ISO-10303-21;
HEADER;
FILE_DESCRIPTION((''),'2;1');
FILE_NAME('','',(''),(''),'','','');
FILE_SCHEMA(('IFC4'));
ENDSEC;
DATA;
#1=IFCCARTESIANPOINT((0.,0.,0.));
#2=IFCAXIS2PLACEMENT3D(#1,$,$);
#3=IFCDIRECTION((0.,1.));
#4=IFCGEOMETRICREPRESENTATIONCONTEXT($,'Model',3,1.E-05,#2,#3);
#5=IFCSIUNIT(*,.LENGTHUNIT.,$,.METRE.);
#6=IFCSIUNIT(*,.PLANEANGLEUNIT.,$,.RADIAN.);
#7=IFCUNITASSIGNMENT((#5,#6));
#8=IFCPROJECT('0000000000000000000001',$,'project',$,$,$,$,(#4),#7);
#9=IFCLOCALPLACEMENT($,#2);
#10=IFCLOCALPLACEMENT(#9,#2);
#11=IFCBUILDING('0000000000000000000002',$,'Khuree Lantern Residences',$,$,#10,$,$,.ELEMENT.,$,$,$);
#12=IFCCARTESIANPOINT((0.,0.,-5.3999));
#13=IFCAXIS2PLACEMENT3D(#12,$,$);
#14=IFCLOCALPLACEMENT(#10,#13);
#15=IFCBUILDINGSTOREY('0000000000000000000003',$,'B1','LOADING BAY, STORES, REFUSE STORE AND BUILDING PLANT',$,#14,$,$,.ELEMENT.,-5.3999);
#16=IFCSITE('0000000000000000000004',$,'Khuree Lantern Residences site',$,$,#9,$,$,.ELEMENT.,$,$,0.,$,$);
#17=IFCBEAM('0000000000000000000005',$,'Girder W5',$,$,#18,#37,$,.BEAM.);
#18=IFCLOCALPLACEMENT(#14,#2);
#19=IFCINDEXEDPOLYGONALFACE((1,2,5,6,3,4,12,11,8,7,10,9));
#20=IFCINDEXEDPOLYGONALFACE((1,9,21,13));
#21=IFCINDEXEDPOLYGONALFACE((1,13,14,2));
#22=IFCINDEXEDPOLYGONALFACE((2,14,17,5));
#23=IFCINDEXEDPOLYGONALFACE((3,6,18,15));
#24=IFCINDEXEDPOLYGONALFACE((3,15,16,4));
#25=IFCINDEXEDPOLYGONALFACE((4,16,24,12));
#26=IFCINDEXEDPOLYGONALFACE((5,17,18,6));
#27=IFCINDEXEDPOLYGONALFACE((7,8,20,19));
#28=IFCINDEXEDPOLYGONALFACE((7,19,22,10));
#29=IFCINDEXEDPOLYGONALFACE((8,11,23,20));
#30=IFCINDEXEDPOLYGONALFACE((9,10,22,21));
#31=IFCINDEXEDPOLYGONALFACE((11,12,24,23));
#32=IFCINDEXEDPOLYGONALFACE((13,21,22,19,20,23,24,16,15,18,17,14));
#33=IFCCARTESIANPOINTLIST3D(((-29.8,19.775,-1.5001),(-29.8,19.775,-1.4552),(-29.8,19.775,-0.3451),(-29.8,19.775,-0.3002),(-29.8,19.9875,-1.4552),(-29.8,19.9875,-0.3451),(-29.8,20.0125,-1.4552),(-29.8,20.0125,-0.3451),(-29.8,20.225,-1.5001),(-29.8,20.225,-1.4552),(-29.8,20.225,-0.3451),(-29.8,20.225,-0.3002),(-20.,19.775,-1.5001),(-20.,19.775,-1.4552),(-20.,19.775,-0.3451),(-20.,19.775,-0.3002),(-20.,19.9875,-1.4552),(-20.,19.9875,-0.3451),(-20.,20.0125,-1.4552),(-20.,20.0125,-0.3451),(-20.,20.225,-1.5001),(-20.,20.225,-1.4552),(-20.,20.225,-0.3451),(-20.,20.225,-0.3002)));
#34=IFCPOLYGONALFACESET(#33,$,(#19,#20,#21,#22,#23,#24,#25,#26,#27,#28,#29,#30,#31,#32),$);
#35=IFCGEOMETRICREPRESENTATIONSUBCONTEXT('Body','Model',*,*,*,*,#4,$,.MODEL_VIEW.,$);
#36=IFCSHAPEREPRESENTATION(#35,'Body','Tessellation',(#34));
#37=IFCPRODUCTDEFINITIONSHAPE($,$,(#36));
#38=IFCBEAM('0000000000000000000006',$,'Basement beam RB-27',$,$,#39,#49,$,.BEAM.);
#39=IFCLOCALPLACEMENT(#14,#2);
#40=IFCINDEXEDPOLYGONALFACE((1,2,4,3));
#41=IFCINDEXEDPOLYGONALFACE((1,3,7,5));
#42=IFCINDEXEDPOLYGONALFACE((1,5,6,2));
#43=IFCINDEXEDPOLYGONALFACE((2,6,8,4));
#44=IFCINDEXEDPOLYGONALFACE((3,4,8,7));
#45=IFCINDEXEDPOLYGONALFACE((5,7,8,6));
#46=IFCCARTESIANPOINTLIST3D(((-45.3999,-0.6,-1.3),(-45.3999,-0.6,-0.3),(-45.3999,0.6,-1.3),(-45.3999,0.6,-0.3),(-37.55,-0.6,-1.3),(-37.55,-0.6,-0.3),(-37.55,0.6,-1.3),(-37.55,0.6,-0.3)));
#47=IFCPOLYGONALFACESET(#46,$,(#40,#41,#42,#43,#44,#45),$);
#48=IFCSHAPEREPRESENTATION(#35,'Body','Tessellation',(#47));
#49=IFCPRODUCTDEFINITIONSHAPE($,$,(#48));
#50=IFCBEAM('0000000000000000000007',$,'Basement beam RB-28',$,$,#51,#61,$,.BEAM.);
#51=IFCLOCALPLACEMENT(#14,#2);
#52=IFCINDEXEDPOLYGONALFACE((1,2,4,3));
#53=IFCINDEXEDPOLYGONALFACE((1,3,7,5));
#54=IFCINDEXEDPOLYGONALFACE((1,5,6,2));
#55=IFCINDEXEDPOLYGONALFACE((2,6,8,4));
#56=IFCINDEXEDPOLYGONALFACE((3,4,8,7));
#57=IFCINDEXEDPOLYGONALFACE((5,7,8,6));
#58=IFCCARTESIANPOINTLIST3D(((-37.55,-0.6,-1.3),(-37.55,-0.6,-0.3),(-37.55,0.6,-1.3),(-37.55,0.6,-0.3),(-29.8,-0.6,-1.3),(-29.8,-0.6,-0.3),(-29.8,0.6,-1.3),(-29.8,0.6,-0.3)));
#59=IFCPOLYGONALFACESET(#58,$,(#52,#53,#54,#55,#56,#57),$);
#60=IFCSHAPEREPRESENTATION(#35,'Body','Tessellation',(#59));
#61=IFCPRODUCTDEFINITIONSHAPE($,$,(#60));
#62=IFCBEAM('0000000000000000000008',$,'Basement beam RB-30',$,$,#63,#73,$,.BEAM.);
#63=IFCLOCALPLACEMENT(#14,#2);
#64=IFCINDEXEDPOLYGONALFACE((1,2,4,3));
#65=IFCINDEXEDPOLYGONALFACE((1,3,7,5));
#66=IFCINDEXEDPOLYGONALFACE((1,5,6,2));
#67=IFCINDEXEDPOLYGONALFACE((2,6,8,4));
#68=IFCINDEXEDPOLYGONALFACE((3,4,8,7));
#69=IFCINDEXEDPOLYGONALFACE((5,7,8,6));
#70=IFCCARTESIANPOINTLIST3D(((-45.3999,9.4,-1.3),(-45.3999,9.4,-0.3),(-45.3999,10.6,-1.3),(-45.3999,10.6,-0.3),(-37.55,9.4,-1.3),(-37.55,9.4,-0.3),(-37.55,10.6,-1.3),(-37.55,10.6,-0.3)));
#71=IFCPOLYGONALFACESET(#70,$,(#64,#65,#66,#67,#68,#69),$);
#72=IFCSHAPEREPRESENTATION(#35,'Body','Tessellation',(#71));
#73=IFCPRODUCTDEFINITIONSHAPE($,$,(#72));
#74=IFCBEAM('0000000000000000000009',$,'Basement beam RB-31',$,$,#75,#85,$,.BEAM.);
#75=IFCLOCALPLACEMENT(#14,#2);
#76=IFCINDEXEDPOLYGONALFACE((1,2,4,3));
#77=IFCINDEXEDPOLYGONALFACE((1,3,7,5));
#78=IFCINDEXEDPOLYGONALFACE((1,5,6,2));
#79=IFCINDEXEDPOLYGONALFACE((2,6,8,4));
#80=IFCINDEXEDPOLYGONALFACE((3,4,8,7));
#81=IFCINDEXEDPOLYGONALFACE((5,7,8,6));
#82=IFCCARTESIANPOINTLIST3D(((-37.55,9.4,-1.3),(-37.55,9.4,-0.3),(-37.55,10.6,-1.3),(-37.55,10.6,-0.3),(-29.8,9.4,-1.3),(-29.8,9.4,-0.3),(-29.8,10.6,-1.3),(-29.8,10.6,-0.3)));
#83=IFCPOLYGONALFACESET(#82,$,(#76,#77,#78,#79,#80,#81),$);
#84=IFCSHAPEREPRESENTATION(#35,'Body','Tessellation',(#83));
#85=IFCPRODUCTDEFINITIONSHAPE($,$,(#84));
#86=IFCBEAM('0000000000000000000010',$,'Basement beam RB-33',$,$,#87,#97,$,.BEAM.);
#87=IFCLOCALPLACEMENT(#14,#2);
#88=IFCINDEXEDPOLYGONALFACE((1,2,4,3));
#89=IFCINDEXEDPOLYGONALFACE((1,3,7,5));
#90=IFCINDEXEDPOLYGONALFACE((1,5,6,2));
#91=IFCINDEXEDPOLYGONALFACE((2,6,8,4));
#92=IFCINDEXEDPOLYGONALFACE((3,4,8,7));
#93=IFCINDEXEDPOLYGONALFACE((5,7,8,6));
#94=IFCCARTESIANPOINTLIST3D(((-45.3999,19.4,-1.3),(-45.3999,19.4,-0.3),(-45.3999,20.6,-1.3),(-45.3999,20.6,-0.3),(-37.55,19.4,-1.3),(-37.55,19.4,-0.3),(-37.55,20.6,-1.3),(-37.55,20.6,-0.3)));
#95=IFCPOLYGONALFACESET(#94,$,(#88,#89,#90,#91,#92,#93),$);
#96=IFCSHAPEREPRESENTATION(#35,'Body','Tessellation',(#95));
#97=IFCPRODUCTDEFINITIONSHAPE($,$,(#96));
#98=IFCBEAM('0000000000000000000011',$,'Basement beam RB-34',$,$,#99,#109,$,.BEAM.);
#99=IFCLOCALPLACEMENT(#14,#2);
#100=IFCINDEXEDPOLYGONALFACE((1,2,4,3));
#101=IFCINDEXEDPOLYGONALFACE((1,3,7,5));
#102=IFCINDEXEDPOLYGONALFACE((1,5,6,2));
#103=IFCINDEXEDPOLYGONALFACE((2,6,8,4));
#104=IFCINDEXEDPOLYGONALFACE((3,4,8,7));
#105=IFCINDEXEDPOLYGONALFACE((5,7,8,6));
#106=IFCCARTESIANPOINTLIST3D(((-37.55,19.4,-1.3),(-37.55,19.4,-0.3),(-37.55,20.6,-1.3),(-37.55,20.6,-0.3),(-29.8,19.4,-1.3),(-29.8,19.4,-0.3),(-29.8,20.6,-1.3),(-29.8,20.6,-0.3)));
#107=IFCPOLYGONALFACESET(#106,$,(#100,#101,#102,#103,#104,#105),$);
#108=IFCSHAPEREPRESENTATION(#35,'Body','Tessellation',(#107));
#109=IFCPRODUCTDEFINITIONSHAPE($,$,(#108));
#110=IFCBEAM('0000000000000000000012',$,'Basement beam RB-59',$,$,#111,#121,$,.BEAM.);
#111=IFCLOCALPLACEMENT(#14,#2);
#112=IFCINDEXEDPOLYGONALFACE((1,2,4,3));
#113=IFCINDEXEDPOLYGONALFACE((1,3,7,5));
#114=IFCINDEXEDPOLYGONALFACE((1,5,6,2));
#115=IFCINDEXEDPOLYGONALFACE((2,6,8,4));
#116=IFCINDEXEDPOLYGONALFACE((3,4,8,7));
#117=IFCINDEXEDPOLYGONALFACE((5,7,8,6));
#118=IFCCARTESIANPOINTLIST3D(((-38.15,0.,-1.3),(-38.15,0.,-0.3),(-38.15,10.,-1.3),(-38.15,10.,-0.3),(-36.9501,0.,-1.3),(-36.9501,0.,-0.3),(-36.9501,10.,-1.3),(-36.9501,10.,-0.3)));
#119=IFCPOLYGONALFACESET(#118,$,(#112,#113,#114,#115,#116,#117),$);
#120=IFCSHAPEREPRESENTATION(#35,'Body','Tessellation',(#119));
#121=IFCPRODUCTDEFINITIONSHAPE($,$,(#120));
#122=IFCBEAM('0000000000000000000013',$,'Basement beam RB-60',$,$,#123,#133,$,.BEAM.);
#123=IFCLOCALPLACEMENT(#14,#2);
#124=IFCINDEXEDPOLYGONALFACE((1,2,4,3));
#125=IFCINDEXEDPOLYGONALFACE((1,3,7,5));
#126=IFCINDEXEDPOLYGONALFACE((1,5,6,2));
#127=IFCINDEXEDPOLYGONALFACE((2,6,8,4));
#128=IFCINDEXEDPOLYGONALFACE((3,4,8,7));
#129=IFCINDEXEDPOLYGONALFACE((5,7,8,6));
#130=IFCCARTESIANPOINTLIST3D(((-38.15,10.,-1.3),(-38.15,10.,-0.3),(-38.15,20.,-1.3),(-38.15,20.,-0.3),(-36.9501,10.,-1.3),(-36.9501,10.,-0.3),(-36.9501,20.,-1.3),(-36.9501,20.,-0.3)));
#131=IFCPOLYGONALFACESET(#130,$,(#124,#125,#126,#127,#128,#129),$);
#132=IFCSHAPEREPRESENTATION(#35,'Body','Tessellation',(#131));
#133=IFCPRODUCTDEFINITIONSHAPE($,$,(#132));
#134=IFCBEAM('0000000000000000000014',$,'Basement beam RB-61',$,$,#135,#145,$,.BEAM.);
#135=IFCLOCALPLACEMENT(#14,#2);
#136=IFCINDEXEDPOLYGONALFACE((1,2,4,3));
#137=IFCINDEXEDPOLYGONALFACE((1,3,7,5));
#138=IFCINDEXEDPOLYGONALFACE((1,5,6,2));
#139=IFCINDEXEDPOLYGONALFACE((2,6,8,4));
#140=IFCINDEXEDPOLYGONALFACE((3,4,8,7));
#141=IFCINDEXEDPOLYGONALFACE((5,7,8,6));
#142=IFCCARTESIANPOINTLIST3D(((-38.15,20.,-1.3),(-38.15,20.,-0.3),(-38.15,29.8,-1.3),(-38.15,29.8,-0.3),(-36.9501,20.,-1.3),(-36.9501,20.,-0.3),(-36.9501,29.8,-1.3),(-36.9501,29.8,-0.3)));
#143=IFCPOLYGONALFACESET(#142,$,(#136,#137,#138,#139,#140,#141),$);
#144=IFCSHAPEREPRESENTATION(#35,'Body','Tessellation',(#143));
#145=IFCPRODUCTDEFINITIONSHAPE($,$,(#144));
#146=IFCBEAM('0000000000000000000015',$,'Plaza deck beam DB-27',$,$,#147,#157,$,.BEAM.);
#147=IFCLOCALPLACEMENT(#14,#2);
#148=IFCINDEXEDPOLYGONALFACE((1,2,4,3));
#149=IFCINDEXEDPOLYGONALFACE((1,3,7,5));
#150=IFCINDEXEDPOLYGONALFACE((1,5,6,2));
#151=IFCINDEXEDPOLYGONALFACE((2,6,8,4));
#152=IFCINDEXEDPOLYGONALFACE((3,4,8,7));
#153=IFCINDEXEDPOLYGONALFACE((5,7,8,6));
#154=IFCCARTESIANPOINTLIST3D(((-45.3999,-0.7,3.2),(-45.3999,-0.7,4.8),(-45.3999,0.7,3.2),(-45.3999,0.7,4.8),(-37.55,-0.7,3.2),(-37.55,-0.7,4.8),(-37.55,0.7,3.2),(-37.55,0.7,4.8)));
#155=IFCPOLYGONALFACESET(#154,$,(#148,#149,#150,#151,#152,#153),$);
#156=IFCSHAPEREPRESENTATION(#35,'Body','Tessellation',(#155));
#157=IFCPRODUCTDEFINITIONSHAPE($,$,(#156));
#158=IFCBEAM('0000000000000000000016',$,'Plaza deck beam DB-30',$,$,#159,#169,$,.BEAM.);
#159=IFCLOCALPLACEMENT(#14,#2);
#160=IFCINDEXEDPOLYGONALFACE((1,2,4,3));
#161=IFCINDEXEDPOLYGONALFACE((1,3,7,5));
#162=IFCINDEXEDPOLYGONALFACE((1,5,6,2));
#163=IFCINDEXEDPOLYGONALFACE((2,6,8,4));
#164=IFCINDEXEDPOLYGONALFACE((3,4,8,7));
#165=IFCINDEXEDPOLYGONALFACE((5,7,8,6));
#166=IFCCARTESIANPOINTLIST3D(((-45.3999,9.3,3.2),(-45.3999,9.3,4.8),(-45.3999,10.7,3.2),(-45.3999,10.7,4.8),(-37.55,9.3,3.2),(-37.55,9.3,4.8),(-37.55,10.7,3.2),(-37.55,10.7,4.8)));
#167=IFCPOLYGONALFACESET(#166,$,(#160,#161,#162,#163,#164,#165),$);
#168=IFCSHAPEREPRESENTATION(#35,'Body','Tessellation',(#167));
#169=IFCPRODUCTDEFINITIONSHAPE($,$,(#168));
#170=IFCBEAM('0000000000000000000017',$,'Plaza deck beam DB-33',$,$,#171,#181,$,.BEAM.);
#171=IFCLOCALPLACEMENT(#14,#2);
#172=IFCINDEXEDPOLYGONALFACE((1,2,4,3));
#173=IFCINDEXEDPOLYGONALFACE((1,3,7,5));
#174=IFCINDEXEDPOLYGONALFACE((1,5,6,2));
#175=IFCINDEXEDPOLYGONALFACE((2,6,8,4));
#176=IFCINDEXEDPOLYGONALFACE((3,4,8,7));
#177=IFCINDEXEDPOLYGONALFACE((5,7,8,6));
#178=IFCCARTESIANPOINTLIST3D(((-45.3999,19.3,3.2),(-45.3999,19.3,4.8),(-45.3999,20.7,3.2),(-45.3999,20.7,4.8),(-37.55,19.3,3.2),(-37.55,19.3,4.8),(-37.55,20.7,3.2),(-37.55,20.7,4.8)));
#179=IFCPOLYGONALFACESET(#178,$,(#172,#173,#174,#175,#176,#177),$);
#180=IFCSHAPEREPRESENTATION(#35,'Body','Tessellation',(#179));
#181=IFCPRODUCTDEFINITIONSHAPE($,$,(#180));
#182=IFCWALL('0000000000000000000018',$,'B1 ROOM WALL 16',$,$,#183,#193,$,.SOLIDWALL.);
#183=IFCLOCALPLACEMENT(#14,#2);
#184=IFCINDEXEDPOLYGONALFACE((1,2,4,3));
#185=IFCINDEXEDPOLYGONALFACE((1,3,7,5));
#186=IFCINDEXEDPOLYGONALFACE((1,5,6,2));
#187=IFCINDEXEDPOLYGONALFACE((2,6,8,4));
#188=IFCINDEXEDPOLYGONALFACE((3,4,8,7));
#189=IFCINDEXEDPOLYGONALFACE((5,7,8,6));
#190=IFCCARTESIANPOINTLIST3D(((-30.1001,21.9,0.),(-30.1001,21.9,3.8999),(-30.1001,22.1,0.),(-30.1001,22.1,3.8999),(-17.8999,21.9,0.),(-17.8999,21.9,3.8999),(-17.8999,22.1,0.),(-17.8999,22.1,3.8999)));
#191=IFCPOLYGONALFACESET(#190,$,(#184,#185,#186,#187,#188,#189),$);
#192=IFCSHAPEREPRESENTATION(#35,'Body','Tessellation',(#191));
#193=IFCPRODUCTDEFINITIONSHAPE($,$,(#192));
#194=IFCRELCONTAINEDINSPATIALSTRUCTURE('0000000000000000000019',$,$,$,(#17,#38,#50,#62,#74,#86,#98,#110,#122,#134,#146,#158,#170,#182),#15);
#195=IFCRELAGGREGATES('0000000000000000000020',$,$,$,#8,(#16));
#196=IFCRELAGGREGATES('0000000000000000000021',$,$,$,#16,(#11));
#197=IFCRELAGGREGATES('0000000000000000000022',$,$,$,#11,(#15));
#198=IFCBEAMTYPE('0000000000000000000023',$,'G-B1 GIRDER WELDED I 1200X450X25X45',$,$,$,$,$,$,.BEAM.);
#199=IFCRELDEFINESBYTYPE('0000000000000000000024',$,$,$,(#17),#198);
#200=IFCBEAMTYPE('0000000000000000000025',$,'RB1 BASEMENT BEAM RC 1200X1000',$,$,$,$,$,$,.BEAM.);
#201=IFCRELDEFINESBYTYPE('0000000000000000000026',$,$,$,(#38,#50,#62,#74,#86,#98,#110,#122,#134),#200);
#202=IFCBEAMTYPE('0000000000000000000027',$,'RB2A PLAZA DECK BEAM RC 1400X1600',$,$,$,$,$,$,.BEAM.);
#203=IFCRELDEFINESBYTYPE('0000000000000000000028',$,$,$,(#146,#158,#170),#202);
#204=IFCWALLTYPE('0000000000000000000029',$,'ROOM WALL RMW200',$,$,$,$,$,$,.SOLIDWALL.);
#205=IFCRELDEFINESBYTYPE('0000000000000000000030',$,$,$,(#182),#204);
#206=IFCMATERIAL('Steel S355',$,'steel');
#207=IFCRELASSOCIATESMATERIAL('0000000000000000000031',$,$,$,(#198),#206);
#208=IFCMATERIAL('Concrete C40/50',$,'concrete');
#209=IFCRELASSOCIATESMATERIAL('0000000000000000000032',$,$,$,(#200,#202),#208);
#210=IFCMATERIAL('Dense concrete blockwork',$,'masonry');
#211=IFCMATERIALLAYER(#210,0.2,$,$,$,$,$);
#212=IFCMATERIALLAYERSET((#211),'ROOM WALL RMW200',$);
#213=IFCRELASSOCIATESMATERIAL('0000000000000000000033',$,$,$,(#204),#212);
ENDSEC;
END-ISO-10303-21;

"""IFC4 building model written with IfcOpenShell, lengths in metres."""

from ifc_helpers import new_model, si_unit, direction, frame, frame_2d, origin, origin_2d, place, context, subcontext, project, spatial, rectangle, i_section, extrude, material, layer, layer_set, material_profile, profile_set, type_object, element, save


model = new_model("IFC4")

# Units and contexts
model_context = context("Model", 3, precision=1e-05, world=origin(), true_north=direction((0.0, 1.0)))
body_context = subcontext(model_context, "Body", "Model", "MODEL_VIEW")
ifc_project = project(units=[si_unit("LENGTHUNIT", "METRE"), si_unit("PLANEANGLEUNIT", "RADIAN")], contexts=[model_context])

# Site, building, storey
site_placement = place(None, origin())
site = spatial("IfcSite", under=ifc_project, at=site_placement, Name="Khuree Lantern Residences site", CompositionType="ELEMENT", RefElevation=0.0)
building_placement = place(site_placement, origin())
building = spatial("IfcBuilding", under=site, at=building_placement, Name="Khuree Lantern Residences", CompositionType="ELEMENT")
storey_placement = place(building_placement, frame((0.0, 0.0, -5.3999)))
storey = spatial("IfcBuildingStorey", under=building, at=storey_placement, Name="B1", Description="LOADING BAY, STORES, REFUSE STORE AND BUILDING PLANT", CompositionType="ELEMENT", Elevation=-5.3999)

# Beams
ifc_material_1 = material(Name="Steel S355", Category="steel")
ifc_material_profile_1 = material_profile(ifc_material_1, i_section(OverallWidth=0.45, OverallDepth=1.2, WebThickness=0.0249, FlangeThickness=0.0449, at=origin_2d()), Name="WELDED I 1200X450X25X45")
ifc_profile_set_1 = profile_set([ifc_material_profile_1], Name="Steel S355")
beam_type_1 = type_object("IfcBeamType", Name="G-B1 GIRDER WELDED I 1200X450X25X45", PredefinedType="BEAM", material=ifc_profile_set_1)
beam_1_placement = place(storey_placement, frame((-29.8, 20.0, -0.9001), z_axis=(1.0, 0.0, 0.0), x_axis=(0.0, 1.0, 0.0)))
element("IfcBeam", 1, at=beam_1_placement, inside=storey, type_object=beam_type_1, Name="Girder W5", PredefinedType="BEAM", context=body_context, shape_type="SweptSolid", body=[
    extrude(i_section(OverallWidth=0.45, OverallDepth=1.2, WebThickness=0.0249, FlangeThickness=0.0449, at=origin_2d()), origin(), (0.0, 0.0, 1.0), 9.8),
])
ifc_material_2 = material(Name="Concrete C40/50", Category="concrete")
ifc_material_profile_2 = material_profile(ifc_material_2, rectangle(XDim=1.2, YDim=1.0, at=origin_2d()), Name="RC 1200X1000")
ifc_profile_set_2 = profile_set([ifc_material_profile_2], Name="Concrete C40/50")
beam_type_2 = type_object("IfcBeamType", Name="RB1 BASEMENT BEAM RC 1200X1000", PredefinedType="BEAM", material=ifc_profile_set_2)
beam_2_placement = place(storey_placement, frame((-45.3999, 0.0, -0.8), z_axis=(1.0, 0.0, 0.0), x_axis=(0.0, 1.0, 0.0)))
element("IfcBeam", 2, at=beam_2_placement, inside=storey, type_object=beam_type_2, Name="Basement beam RB-27", PredefinedType="BEAM", context=body_context, shape_type="SweptSolid", body=[
    extrude(rectangle(XDim=1.2, YDim=1.0, at=origin_2d()), origin(), (0.0, 0.0, 1.0), 7.8499),
])
beam_3_placement = place(storey_placement, frame((-37.55, 0.0, -0.8), z_axis=(1.0, 0.0, 0.0), x_axis=(0.0, 1.0, 0.0)))
element("IfcBeam", 3, at=beam_3_placement, inside=storey, type_object=beam_type_2, Name="Basement beam RB-28", PredefinedType="BEAM", context=body_context, shape_type="SweptSolid", body=[
    extrude(rectangle(XDim=1.2, YDim=1.0, at=origin_2d()), origin(), (0.0, 0.0, 1.0), 7.75),
])
beam_4_placement = place(storey_placement, frame((-45.3999, 10.0, -0.8), z_axis=(1.0, 0.0, 0.0), x_axis=(0.0, 1.0, 0.0)))
element("IfcBeam", 4, at=beam_4_placement, inside=storey, type_object=beam_type_2, Name="Basement beam RB-30", PredefinedType="BEAM", context=body_context, shape_type="SweptSolid", body=[
    extrude(rectangle(XDim=1.2, YDim=1.0, at=origin_2d()), origin(), (0.0, 0.0, 1.0), 7.8499),
])
beam_5_placement = place(storey_placement, frame((-37.55, 10.0, -0.8), z_axis=(1.0, 0.0, 0.0), x_axis=(0.0, 1.0, 0.0)))
element("IfcBeam", 5, at=beam_5_placement, inside=storey, type_object=beam_type_2, Name="Basement beam RB-31", PredefinedType="BEAM", context=body_context, shape_type="SweptSolid", body=[
    extrude(rectangle(XDim=1.2, YDim=1.0, at=origin_2d()), origin(), (0.0, 0.0, 1.0), 7.75),
])
beam_6_placement = place(storey_placement, frame((-45.3999, 20.0, -0.8), z_axis=(1.0, 0.0, 0.0), x_axis=(0.0, 1.0, 0.0)))
element("IfcBeam", 6, at=beam_6_placement, inside=storey, type_object=beam_type_2, Name="Basement beam RB-33", PredefinedType="BEAM", context=body_context, shape_type="SweptSolid", body=[
    extrude(rectangle(XDim=1.2, YDim=1.0, at=origin_2d()), origin(), (0.0, 0.0, 1.0), 7.8499),
])
beam_7_placement = place(storey_placement, frame((-37.55, 20.0, -0.8), z_axis=(1.0, 0.0, 0.0), x_axis=(0.0, 1.0, 0.0)))
element("IfcBeam", 7, at=beam_7_placement, inside=storey, type_object=beam_type_2, Name="Basement beam RB-34", PredefinedType="BEAM", context=body_context, shape_type="SweptSolid", body=[
    extrude(rectangle(XDim=1.2, YDim=1.0, at=origin_2d()), origin(), (0.0, 0.0, 1.0), 7.75),
])
for number, where, z_axis, x_axis, name in (
    (8, (-37.55, 0.0, -0.8), (0.0, 1.0, 0.0), (-1.0, 0.0, 0.0), "Basement beam RB-59"),
    (9, (-37.55, 10.0, -0.8), (0.0, 1.0, 0.0), (-1.0, 0.0, 0.0), "Basement beam RB-60"),
):
    element("IfcBeam", number, at=place(storey_placement, frame(where, z_axis=z_axis, x_axis=x_axis)), inside=storey, type_object=beam_type_2, Name=name, PredefinedType="BEAM", context=body_context, shape_type="SweptSolid", body=[
        extrude(rectangle(XDim=1.2, YDim=1.0, at=origin_2d()), origin(), (0.0, 0.0, 1.0), 10.0),
    ])
beam_8_placement = place(storey_placement, frame((-37.55, 20.0, -0.8), z_axis=(0.0, 1.0, 0.0), x_axis=(-1.0, 0.0, 0.0)))
element("IfcBeam", 10, at=beam_8_placement, inside=storey, type_object=beam_type_2, Name="Basement beam RB-61", PredefinedType="BEAM", context=body_context, shape_type="SweptSolid", body=[
    extrude(rectangle(XDim=1.2, YDim=1.0, at=origin_2d()), origin(), (0.0, 0.0, 1.0), 9.8),
])
ifc_material_profile_3 = material_profile(ifc_material_2, rectangle(XDim=1.3999, YDim=1.6001, at=origin_2d()), Name="RC 1400X1600")
ifc_profile_set_3 = profile_set([ifc_material_profile_3], Name="Concrete C40/50")
beam_type_3 = type_object("IfcBeamType", Name="RB2A PLAZA DECK BEAM RC 1400X1600", PredefinedType="BEAM", material=ifc_profile_set_3)
for number, where, z_axis, x_axis, name in (
    (11, (-45.3999, 0.0, 4.0), (1.0, 0.0, 0.0), (0.0, 1.0, 0.0), "Plaza deck beam DB-27"),
    (12, (-45.3999, 10.0, 4.0), (1.0, 0.0, 0.0), (0.0, 1.0, 0.0), "Plaza deck beam DB-30"),
    (13, (-45.3999, 20.0, 4.0), (1.0, 0.0, 0.0), (0.0, 1.0, 0.0), "Plaza deck beam DB-33"),
):
    element("IfcBeam", number, at=place(storey_placement, frame(where, z_axis=z_axis, x_axis=x_axis)), inside=storey, type_object=beam_type_3, Name=name, PredefinedType="BEAM", context=body_context, shape_type="SweptSolid", body=[
        extrude(rectangle(XDim=1.3999, YDim=1.6001, at=origin_2d()), origin(), (0.0, 0.0, 1.0), 7.8499),
    ])

# Wall
ifc_material_3 = material(Name="Dense concrete blockwork", Category="masonry")
ifc_layer_1 = layer(ifc_material_3, 0.2)
ifc_layer_set_1 = layer_set([ifc_layer_1], Name="ROOM WALL RMW200")
wall_type_1 = type_object("IfcWallType", Name="ROOM WALL RMW200", PredefinedType="SOLIDWALL", material=ifc_layer_set_1)
wall_1_placement = place(storey_placement, frame((-30.1001, 22.0, 0.0), z_axis=(0.0, 0.0, 1.0), x_axis=(1.0, 0.0, 0.0)))
element("IfcWall", 14, at=wall_1_placement, inside=storey, type_object=wall_type_1, Name="B1 ROOM WALL 16", PredefinedType="SOLIDWALL", context=body_context, shape_type="SweptSolid", body=[
    extrude(rectangle(XDim=12.2002, YDim=0.2, at=frame_2d((6.1001, 0.0))), origin(), (0.0, 0.0, 1.0), 3.8999),
])

save(model, "model.ifc")
